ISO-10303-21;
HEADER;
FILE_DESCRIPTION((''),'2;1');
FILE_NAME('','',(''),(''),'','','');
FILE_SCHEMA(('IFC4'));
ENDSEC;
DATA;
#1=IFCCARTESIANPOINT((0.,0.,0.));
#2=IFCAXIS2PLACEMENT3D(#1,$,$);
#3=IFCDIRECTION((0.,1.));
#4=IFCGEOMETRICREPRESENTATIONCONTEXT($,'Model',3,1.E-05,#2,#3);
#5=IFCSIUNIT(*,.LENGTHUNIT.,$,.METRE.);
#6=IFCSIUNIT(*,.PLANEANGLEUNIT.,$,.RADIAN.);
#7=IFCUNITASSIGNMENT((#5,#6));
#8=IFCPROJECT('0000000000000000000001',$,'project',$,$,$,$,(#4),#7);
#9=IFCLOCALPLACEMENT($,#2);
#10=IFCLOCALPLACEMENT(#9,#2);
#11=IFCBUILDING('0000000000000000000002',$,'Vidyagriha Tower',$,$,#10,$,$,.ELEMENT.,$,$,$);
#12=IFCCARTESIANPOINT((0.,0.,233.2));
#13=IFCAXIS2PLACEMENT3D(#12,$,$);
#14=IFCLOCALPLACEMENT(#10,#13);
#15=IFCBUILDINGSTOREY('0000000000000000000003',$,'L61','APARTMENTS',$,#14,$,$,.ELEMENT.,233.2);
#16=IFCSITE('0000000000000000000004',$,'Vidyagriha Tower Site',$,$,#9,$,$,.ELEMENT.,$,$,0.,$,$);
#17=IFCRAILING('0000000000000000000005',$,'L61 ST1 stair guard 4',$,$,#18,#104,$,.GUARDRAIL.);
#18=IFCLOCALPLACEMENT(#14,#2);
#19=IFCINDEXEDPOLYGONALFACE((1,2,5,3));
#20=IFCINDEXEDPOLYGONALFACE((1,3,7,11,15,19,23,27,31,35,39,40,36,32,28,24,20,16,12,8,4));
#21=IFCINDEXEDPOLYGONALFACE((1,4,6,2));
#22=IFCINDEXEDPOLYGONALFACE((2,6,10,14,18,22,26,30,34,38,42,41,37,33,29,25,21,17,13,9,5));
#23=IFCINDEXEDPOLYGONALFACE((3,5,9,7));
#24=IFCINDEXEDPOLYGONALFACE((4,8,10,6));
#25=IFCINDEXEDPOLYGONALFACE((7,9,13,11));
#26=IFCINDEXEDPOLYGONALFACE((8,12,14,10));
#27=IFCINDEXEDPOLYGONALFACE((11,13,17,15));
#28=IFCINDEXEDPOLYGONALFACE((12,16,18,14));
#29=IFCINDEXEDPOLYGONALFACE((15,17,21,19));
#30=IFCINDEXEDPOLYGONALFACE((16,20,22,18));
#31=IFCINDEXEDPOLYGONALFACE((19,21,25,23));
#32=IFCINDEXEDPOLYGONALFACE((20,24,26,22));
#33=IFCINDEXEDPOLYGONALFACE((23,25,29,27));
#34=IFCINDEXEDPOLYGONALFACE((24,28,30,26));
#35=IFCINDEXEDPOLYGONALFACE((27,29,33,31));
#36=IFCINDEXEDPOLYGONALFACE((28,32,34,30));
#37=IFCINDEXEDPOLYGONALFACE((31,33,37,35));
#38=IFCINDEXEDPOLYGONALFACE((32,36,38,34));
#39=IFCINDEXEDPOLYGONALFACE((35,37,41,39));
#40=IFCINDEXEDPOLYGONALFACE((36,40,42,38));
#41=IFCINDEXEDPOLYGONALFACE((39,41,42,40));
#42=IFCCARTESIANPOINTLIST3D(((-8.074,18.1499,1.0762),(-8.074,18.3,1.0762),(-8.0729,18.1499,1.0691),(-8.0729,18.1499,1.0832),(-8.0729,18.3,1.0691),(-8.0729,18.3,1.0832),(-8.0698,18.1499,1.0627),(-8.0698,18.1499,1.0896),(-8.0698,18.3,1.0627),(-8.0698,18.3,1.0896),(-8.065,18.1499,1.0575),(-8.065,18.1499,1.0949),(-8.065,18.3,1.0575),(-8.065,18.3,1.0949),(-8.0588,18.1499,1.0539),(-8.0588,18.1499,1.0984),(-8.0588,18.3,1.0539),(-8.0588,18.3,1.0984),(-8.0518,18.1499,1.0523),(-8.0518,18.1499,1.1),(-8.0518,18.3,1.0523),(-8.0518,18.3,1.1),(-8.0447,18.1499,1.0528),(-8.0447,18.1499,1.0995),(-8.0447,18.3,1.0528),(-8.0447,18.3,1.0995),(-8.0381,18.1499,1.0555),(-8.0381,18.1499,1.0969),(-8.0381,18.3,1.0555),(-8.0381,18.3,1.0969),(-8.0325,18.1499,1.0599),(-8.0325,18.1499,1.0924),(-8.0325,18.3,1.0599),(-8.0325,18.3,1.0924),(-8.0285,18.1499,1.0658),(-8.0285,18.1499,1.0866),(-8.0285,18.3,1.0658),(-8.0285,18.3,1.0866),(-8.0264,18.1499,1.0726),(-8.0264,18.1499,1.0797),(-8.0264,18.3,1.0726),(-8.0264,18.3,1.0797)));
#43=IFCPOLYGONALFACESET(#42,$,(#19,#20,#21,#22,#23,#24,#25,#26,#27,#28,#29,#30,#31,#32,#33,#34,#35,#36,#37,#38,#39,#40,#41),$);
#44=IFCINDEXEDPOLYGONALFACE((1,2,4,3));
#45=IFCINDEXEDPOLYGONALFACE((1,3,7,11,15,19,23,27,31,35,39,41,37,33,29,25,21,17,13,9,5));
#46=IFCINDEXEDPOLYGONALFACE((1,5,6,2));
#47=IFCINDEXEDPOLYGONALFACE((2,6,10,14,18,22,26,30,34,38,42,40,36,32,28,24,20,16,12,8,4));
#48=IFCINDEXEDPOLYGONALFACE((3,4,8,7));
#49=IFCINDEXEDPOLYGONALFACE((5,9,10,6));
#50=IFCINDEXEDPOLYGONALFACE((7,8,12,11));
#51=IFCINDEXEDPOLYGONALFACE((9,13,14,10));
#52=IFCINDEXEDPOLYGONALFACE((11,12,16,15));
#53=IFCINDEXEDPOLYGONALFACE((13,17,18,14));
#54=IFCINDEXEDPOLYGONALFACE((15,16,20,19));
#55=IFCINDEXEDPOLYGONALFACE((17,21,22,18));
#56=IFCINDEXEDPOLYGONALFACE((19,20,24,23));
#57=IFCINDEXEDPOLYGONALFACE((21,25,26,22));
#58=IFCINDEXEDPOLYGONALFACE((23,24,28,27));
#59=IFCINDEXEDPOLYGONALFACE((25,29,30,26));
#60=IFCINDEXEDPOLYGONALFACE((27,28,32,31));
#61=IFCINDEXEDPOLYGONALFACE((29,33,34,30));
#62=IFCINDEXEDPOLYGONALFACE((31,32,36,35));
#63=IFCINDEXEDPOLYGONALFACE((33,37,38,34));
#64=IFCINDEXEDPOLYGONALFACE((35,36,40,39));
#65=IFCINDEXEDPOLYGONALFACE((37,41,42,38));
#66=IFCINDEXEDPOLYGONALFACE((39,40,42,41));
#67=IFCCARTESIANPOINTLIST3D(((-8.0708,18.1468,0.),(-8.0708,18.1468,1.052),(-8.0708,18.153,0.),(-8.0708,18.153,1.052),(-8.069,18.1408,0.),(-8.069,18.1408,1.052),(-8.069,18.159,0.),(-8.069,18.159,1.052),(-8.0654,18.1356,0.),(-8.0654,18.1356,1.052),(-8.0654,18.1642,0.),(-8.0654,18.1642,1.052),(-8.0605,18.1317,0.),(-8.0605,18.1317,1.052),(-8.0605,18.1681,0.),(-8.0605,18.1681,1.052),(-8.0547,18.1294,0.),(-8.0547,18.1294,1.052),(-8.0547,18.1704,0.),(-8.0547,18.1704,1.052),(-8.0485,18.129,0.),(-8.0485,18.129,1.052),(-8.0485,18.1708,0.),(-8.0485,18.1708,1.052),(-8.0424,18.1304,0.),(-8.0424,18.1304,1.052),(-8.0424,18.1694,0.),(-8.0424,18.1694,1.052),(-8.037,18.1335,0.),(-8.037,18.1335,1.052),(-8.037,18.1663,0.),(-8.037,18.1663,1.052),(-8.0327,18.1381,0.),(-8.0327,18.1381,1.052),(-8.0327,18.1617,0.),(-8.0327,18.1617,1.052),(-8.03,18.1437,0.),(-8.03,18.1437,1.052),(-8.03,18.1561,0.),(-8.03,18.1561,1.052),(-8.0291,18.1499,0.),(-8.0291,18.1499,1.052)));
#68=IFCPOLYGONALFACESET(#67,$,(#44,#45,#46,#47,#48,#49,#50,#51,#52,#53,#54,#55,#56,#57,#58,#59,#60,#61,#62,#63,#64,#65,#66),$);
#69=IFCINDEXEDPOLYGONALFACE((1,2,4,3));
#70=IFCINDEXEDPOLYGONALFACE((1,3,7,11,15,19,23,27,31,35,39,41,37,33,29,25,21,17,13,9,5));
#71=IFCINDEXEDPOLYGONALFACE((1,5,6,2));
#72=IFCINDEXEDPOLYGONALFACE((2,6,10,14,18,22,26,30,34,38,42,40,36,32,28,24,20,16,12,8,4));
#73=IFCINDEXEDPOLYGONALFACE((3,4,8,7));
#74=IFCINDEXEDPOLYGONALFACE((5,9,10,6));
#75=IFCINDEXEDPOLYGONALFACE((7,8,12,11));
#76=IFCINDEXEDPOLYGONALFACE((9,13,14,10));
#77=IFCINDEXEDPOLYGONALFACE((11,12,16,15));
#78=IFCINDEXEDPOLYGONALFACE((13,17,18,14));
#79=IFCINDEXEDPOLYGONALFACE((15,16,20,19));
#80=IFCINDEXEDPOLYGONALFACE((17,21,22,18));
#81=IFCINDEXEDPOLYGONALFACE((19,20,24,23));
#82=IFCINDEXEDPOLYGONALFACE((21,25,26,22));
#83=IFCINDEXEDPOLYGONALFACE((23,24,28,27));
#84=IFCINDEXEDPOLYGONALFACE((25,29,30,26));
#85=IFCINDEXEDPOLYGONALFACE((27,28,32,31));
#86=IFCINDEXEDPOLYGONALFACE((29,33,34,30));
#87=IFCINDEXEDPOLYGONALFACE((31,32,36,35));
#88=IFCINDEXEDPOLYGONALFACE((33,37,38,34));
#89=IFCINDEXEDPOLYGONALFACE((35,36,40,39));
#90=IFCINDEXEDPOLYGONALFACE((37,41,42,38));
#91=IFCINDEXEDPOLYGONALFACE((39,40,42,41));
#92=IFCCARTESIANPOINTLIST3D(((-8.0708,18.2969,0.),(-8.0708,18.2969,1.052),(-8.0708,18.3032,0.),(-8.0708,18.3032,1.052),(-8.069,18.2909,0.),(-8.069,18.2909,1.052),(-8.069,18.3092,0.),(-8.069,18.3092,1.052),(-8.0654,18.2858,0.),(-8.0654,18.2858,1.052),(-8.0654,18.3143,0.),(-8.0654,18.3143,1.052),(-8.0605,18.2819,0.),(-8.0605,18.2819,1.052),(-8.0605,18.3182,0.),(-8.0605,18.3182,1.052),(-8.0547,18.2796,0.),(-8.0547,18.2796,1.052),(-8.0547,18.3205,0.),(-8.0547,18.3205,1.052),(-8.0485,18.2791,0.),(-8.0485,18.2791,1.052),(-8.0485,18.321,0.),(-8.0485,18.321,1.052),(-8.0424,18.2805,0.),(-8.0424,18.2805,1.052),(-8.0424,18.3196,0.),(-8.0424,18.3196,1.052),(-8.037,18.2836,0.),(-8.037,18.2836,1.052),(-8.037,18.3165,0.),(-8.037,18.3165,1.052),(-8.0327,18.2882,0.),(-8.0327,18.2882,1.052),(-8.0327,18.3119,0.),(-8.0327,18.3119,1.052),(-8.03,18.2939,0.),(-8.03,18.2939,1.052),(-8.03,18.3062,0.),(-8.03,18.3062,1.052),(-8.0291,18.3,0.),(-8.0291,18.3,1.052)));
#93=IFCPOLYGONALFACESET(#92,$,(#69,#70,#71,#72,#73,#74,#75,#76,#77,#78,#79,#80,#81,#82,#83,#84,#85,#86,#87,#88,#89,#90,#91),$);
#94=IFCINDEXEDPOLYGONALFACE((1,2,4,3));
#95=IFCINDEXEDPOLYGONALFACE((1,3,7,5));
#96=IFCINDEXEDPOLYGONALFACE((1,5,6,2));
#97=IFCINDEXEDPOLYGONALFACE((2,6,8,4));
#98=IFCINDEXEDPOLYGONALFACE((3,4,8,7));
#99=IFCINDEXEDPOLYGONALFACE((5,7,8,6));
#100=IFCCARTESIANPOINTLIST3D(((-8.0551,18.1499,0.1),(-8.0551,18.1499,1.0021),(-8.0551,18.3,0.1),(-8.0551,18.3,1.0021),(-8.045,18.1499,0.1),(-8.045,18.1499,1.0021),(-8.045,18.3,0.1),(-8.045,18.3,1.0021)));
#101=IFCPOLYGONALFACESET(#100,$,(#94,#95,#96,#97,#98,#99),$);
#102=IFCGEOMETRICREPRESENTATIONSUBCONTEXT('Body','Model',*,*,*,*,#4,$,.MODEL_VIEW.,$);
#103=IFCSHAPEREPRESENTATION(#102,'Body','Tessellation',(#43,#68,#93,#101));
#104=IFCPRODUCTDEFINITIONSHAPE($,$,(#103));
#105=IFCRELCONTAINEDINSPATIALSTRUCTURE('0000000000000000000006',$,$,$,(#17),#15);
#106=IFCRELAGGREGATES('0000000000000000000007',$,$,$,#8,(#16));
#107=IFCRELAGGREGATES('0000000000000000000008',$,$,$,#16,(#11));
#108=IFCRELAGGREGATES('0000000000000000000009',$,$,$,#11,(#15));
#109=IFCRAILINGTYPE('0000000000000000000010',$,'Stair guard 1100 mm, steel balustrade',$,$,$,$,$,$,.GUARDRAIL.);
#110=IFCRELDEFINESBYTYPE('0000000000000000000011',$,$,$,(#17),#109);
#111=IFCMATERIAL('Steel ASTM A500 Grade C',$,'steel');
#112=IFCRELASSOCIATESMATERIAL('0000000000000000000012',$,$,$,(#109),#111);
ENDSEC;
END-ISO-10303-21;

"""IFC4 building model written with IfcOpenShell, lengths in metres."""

from ifc_helpers import new_model, si_unit, direction, frame, origin, origin_2d, place, context, subcontext, project, spatial, rectangle, circle, extrude, material, type_object, element, save


model = new_model("IFC4")

# Units and contexts
model_context = context("Model", 3, precision=1e-05, world=origin(), true_north=direction((0.0, 1.0)))
body_context = subcontext(model_context, "Body", "Model", "MODEL_VIEW")
ifc_project = project(units=[si_unit("LENGTHUNIT", "METRE"), si_unit("PLANEANGLEUNIT", "RADIAN")], contexts=[model_context])

# Site, building, storey
site_placement = place(None, origin())
site = spatial("IfcSite", under=ifc_project, at=site_placement, Name="Vidyagriha Tower Site", CompositionType="ELEMENT", RefElevation=0.0)
building_placement = place(site_placement, origin())
building = spatial("IfcBuilding", under=site, at=building_placement, Name="Vidyagriha Tower", CompositionType="ELEMENT")
storey_placement = place(building_placement, frame((0.0, 0.0, 233.2)))
storey = spatial("IfcBuildingStorey", under=building, at=storey_placement, Name="L61", Description="APARTMENTS", CompositionType="ELEMENT", Elevation=233.2)

# Railing
ifc_material_1 = material(Name="Steel ASTM A500 Grade C", Category="steel")
railing_type_1 = type_object("IfcRailingType", Name="Stair guard 1100 mm, steel balustrade", PredefinedType="GUARDRAIL", material=ifc_material_1)
railing_1_placement = place(storey_placement, frame((-8.05, 18.1499, 0.0)))
element("IfcRailing", 1, at=railing_1_placement, inside=storey, type_object=railing_type_1, Name="L61 ST1 stair guard 4", PredefinedType="GUARDRAIL", context=body_context, shape_type="SweptSolid", body=[
    extrude(circle(Radius=0.0239, at=origin_2d()), frame((0.0, 0.0, 1.0762), z_axis=(0.0, 1.0, 0.0), x_axis=(-1.0, 0.0, 0.0)), (0.0, 0.0, 1.0), 0.1501),
    extrude(circle(Radius=0.021, at=origin_2d()), origin(), (0.0, 0.0, 1.0), 1.052),
    extrude(circle(Radius=0.021, at=origin_2d()), frame((0.0, 0.1501, 0.0)), (0.0, 0.0, 1.0), 1.052),
    extrude(rectangle(XDim=0.01, YDim=0.9021, at=origin_2d()), frame((0.0, 0.0, 0.551), z_axis=(0.0, 1.0, 0.0), x_axis=(-1.0, 0.0, 0.0)), (0.0, 0.0, 1.0), 0.1501),
])

save(model, "model.ifc")
